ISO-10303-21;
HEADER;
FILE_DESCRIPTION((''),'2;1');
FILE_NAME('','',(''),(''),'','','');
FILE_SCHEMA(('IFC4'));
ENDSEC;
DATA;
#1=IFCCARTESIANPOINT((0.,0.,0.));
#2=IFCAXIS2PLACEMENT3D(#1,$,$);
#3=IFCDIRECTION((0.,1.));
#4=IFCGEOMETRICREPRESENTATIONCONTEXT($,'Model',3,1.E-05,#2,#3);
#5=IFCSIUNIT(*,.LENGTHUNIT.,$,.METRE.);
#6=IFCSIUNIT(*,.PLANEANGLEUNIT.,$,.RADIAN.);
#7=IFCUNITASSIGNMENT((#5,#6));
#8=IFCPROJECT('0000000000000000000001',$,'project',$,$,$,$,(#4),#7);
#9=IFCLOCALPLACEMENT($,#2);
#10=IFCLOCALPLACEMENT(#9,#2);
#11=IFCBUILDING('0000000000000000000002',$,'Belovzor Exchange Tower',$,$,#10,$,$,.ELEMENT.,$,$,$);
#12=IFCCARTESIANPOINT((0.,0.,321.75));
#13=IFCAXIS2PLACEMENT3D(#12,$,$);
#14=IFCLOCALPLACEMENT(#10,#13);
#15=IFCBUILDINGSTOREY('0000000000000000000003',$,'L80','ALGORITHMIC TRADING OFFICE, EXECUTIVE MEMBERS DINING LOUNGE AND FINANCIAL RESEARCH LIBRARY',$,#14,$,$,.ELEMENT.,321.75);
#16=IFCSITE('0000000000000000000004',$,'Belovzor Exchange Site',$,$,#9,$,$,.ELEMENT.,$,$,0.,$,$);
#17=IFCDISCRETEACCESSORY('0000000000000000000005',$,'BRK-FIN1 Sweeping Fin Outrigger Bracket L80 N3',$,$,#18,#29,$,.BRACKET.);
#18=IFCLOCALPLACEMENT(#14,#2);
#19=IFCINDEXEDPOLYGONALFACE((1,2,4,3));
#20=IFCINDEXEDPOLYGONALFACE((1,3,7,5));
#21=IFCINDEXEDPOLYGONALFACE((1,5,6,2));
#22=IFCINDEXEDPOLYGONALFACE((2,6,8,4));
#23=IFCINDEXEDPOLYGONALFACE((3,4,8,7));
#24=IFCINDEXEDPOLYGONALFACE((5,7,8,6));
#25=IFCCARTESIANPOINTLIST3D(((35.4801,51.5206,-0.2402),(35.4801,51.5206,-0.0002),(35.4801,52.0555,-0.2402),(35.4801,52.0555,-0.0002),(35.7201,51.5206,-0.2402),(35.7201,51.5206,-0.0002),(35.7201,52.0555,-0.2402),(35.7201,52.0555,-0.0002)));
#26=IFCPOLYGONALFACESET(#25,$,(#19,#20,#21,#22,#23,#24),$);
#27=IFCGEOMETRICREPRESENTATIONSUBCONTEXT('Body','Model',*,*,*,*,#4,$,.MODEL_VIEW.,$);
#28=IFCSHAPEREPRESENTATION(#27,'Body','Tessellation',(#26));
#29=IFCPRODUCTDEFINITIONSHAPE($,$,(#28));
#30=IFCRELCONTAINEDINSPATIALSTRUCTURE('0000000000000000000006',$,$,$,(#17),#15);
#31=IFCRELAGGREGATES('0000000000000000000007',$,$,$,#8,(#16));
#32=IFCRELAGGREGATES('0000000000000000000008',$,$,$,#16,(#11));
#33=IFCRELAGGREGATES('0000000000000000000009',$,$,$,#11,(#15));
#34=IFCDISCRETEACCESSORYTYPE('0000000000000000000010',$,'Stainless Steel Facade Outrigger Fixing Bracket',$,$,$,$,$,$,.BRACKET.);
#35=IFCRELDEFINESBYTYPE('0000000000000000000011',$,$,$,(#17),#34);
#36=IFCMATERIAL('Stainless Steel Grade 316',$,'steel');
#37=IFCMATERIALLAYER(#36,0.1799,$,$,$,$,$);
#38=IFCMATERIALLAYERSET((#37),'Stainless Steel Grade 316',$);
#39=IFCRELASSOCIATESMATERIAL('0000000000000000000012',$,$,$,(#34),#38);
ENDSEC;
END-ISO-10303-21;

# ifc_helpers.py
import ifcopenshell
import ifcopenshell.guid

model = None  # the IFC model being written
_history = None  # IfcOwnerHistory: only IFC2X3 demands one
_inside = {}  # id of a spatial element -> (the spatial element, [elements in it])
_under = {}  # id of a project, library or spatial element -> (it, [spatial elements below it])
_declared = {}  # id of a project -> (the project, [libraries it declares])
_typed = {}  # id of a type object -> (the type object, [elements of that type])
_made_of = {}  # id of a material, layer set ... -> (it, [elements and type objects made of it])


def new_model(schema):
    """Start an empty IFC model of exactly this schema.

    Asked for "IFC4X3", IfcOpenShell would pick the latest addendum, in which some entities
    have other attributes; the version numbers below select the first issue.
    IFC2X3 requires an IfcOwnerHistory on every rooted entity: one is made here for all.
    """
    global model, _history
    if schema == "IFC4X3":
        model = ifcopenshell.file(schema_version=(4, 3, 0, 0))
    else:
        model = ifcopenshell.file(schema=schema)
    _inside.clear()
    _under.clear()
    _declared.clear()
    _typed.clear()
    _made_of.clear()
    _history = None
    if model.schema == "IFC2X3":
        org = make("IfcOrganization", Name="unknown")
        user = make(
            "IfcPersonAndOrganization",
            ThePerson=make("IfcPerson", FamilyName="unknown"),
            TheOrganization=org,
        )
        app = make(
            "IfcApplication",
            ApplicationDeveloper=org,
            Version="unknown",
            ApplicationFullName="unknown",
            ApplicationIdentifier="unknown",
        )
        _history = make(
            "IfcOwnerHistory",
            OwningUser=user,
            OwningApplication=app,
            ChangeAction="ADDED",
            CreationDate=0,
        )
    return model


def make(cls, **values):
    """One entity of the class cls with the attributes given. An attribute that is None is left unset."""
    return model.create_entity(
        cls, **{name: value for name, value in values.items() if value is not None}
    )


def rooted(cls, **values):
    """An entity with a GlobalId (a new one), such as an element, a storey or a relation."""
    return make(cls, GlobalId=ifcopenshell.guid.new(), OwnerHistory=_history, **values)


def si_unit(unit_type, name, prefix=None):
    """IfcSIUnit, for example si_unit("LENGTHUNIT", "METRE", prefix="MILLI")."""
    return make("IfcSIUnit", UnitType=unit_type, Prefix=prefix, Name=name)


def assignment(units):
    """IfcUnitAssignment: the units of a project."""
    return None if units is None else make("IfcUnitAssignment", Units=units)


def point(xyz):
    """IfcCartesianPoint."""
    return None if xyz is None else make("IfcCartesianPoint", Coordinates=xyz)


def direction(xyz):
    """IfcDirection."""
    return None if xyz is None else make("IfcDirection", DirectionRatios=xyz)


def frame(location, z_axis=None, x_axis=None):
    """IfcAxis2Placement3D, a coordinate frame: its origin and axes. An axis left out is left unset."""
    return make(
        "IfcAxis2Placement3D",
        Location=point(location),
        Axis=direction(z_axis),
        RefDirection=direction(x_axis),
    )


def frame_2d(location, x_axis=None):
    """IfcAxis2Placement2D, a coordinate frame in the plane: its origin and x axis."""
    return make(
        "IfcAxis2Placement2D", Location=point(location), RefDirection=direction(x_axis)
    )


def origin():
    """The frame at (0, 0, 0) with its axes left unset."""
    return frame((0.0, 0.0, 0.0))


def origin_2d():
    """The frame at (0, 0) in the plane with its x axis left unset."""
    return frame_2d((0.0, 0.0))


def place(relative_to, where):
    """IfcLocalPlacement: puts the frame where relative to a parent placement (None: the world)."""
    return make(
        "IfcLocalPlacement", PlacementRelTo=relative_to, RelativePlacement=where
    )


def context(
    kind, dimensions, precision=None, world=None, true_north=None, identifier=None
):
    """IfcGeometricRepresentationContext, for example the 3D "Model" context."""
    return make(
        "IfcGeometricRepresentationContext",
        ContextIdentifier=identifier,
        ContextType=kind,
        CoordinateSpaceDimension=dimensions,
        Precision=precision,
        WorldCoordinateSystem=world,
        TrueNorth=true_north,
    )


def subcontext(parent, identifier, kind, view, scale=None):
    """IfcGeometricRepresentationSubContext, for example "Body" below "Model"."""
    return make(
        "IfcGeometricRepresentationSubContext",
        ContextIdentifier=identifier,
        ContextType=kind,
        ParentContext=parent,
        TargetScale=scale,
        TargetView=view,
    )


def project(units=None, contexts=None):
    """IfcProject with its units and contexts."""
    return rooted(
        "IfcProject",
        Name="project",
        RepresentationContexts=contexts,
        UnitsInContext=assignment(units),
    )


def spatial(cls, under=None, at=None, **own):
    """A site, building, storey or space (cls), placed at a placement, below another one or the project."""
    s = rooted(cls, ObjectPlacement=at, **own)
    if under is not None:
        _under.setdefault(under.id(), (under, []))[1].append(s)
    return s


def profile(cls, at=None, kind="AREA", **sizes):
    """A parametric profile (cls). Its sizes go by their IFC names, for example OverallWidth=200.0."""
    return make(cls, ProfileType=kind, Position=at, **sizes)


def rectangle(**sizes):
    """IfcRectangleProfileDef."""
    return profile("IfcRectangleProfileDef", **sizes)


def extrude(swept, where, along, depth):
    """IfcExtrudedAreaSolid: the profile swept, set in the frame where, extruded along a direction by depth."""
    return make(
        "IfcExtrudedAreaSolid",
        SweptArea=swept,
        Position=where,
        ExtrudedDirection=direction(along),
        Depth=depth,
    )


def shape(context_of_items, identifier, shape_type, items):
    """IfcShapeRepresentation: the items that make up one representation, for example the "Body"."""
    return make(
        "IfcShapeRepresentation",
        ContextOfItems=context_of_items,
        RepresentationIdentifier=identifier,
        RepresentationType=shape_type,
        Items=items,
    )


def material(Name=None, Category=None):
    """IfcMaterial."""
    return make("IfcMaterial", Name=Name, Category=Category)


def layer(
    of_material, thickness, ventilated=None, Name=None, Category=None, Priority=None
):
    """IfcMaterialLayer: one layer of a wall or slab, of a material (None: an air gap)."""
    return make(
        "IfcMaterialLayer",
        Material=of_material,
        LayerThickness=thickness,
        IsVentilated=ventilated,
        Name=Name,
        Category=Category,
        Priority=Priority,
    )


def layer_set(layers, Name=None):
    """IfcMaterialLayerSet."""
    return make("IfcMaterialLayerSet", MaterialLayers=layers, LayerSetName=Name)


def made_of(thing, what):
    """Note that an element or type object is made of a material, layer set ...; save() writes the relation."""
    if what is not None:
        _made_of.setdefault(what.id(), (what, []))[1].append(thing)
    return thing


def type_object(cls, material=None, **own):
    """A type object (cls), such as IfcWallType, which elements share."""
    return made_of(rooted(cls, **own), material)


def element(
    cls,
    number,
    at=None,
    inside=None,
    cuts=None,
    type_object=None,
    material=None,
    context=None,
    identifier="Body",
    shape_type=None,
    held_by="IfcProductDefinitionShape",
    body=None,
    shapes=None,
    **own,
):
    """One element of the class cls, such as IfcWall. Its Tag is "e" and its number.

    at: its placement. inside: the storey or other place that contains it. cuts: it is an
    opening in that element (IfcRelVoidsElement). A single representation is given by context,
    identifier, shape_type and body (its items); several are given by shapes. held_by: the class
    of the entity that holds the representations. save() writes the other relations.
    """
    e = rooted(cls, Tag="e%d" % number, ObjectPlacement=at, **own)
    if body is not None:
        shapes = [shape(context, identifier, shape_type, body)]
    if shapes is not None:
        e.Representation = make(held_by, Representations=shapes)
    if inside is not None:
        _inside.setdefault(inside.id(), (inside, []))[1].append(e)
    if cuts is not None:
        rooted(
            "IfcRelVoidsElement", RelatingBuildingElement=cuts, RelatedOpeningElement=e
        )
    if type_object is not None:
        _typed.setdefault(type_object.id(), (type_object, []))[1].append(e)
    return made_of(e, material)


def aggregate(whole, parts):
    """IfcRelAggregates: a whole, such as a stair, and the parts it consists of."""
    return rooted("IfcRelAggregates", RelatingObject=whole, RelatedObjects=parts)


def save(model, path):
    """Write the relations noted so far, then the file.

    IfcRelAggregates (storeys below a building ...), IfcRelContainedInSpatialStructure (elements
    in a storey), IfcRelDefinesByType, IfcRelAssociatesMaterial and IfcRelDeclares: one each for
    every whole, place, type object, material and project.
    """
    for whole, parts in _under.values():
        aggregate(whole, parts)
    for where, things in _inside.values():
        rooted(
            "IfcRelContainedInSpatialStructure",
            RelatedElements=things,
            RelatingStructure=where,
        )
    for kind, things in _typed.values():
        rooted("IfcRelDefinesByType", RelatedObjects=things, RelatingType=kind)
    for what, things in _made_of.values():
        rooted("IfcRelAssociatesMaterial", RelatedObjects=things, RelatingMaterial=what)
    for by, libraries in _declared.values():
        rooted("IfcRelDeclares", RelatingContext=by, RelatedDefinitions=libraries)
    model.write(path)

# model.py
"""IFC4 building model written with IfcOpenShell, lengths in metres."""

from ifc_helpers import new_model, si_unit, direction, frame, origin, origin_2d, place, context, subcontext, project, spatial, rectangle, extrude, material, layer, layer_set, type_object, element, save


model = new_model("IFC4")

# Units and contexts
model_context = context("Model", 3, precision=1e-05, world=origin(), true_north=direction((0.0, 1.0)))
body_context = subcontext(model_context, "Body", "Model", "MODEL_VIEW")
ifc_project = project(units=[si_unit("LENGTHUNIT", "METRE"), si_unit("PLANEANGLEUNIT", "RADIAN")], contexts=[model_context])

# Site, building, storey
site_placement = place(None, origin())
site = spatial("IfcSite", under=ifc_project, at=site_placement, Name="Belovzor Exchange Site", CompositionType="ELEMENT", RefElevation=0.0)
building_placement = place(site_placement, origin())
building = spatial("IfcBuilding", under=site, at=building_placement, Name="Belovzor Exchange Tower", CompositionType="ELEMENT")
storey_placement = place(building_placement, frame((0.0, 0.0, 321.75)))
storey = spatial("IfcBuildingStorey", under=building, at=storey_placement, Name="L80", Description="ALGORITHMIC TRADING OFFICE, EXECUTIVE MEMBERS DINING LOUNGE AND FINANCIAL RESEARCH LIBRARY", CompositionType="ELEMENT", Elevation=321.75)

# Discrete accessory
ifc_material_1 = material(Name="Stainless Steel Grade 316", Category="steel")
ifc_layer_1 = layer(ifc_material_1, 0.1799)
ifc_layer_set_1 = layer_set([ifc_layer_1], Name="Stainless Steel Grade 316")
discrete_accessory_type = type_object("IfcDiscreteAccessoryType", Name="Stainless Steel Facade Outrigger Fixing Bracket", PredefinedType="BRACKET", material=ifc_layer_set_1)
discrete_accessory_placement = place(storey_placement, frame((35.6001, 51.7881, -0.2402), z_axis=(0.0, 0.0, 1.0), x_axis=(0.0, 1.0, 0.0)))
element("IfcDiscreteAccessory", 1, at=discrete_accessory_placement, inside=storey, type_object=discrete_accessory_type, Name="BRK-FIN1 Sweeping Fin Outrigger Bracket L80 N3", PredefinedType="BRACKET", context=body_context, shape_type="SweptSolid", body=[
    extrude(rectangle(XDim=0.5349, YDim=0.24, at=origin_2d()), origin(), (0.0, 0.0, 1.0), 0.24),
])

save(model, "model.ifc")
